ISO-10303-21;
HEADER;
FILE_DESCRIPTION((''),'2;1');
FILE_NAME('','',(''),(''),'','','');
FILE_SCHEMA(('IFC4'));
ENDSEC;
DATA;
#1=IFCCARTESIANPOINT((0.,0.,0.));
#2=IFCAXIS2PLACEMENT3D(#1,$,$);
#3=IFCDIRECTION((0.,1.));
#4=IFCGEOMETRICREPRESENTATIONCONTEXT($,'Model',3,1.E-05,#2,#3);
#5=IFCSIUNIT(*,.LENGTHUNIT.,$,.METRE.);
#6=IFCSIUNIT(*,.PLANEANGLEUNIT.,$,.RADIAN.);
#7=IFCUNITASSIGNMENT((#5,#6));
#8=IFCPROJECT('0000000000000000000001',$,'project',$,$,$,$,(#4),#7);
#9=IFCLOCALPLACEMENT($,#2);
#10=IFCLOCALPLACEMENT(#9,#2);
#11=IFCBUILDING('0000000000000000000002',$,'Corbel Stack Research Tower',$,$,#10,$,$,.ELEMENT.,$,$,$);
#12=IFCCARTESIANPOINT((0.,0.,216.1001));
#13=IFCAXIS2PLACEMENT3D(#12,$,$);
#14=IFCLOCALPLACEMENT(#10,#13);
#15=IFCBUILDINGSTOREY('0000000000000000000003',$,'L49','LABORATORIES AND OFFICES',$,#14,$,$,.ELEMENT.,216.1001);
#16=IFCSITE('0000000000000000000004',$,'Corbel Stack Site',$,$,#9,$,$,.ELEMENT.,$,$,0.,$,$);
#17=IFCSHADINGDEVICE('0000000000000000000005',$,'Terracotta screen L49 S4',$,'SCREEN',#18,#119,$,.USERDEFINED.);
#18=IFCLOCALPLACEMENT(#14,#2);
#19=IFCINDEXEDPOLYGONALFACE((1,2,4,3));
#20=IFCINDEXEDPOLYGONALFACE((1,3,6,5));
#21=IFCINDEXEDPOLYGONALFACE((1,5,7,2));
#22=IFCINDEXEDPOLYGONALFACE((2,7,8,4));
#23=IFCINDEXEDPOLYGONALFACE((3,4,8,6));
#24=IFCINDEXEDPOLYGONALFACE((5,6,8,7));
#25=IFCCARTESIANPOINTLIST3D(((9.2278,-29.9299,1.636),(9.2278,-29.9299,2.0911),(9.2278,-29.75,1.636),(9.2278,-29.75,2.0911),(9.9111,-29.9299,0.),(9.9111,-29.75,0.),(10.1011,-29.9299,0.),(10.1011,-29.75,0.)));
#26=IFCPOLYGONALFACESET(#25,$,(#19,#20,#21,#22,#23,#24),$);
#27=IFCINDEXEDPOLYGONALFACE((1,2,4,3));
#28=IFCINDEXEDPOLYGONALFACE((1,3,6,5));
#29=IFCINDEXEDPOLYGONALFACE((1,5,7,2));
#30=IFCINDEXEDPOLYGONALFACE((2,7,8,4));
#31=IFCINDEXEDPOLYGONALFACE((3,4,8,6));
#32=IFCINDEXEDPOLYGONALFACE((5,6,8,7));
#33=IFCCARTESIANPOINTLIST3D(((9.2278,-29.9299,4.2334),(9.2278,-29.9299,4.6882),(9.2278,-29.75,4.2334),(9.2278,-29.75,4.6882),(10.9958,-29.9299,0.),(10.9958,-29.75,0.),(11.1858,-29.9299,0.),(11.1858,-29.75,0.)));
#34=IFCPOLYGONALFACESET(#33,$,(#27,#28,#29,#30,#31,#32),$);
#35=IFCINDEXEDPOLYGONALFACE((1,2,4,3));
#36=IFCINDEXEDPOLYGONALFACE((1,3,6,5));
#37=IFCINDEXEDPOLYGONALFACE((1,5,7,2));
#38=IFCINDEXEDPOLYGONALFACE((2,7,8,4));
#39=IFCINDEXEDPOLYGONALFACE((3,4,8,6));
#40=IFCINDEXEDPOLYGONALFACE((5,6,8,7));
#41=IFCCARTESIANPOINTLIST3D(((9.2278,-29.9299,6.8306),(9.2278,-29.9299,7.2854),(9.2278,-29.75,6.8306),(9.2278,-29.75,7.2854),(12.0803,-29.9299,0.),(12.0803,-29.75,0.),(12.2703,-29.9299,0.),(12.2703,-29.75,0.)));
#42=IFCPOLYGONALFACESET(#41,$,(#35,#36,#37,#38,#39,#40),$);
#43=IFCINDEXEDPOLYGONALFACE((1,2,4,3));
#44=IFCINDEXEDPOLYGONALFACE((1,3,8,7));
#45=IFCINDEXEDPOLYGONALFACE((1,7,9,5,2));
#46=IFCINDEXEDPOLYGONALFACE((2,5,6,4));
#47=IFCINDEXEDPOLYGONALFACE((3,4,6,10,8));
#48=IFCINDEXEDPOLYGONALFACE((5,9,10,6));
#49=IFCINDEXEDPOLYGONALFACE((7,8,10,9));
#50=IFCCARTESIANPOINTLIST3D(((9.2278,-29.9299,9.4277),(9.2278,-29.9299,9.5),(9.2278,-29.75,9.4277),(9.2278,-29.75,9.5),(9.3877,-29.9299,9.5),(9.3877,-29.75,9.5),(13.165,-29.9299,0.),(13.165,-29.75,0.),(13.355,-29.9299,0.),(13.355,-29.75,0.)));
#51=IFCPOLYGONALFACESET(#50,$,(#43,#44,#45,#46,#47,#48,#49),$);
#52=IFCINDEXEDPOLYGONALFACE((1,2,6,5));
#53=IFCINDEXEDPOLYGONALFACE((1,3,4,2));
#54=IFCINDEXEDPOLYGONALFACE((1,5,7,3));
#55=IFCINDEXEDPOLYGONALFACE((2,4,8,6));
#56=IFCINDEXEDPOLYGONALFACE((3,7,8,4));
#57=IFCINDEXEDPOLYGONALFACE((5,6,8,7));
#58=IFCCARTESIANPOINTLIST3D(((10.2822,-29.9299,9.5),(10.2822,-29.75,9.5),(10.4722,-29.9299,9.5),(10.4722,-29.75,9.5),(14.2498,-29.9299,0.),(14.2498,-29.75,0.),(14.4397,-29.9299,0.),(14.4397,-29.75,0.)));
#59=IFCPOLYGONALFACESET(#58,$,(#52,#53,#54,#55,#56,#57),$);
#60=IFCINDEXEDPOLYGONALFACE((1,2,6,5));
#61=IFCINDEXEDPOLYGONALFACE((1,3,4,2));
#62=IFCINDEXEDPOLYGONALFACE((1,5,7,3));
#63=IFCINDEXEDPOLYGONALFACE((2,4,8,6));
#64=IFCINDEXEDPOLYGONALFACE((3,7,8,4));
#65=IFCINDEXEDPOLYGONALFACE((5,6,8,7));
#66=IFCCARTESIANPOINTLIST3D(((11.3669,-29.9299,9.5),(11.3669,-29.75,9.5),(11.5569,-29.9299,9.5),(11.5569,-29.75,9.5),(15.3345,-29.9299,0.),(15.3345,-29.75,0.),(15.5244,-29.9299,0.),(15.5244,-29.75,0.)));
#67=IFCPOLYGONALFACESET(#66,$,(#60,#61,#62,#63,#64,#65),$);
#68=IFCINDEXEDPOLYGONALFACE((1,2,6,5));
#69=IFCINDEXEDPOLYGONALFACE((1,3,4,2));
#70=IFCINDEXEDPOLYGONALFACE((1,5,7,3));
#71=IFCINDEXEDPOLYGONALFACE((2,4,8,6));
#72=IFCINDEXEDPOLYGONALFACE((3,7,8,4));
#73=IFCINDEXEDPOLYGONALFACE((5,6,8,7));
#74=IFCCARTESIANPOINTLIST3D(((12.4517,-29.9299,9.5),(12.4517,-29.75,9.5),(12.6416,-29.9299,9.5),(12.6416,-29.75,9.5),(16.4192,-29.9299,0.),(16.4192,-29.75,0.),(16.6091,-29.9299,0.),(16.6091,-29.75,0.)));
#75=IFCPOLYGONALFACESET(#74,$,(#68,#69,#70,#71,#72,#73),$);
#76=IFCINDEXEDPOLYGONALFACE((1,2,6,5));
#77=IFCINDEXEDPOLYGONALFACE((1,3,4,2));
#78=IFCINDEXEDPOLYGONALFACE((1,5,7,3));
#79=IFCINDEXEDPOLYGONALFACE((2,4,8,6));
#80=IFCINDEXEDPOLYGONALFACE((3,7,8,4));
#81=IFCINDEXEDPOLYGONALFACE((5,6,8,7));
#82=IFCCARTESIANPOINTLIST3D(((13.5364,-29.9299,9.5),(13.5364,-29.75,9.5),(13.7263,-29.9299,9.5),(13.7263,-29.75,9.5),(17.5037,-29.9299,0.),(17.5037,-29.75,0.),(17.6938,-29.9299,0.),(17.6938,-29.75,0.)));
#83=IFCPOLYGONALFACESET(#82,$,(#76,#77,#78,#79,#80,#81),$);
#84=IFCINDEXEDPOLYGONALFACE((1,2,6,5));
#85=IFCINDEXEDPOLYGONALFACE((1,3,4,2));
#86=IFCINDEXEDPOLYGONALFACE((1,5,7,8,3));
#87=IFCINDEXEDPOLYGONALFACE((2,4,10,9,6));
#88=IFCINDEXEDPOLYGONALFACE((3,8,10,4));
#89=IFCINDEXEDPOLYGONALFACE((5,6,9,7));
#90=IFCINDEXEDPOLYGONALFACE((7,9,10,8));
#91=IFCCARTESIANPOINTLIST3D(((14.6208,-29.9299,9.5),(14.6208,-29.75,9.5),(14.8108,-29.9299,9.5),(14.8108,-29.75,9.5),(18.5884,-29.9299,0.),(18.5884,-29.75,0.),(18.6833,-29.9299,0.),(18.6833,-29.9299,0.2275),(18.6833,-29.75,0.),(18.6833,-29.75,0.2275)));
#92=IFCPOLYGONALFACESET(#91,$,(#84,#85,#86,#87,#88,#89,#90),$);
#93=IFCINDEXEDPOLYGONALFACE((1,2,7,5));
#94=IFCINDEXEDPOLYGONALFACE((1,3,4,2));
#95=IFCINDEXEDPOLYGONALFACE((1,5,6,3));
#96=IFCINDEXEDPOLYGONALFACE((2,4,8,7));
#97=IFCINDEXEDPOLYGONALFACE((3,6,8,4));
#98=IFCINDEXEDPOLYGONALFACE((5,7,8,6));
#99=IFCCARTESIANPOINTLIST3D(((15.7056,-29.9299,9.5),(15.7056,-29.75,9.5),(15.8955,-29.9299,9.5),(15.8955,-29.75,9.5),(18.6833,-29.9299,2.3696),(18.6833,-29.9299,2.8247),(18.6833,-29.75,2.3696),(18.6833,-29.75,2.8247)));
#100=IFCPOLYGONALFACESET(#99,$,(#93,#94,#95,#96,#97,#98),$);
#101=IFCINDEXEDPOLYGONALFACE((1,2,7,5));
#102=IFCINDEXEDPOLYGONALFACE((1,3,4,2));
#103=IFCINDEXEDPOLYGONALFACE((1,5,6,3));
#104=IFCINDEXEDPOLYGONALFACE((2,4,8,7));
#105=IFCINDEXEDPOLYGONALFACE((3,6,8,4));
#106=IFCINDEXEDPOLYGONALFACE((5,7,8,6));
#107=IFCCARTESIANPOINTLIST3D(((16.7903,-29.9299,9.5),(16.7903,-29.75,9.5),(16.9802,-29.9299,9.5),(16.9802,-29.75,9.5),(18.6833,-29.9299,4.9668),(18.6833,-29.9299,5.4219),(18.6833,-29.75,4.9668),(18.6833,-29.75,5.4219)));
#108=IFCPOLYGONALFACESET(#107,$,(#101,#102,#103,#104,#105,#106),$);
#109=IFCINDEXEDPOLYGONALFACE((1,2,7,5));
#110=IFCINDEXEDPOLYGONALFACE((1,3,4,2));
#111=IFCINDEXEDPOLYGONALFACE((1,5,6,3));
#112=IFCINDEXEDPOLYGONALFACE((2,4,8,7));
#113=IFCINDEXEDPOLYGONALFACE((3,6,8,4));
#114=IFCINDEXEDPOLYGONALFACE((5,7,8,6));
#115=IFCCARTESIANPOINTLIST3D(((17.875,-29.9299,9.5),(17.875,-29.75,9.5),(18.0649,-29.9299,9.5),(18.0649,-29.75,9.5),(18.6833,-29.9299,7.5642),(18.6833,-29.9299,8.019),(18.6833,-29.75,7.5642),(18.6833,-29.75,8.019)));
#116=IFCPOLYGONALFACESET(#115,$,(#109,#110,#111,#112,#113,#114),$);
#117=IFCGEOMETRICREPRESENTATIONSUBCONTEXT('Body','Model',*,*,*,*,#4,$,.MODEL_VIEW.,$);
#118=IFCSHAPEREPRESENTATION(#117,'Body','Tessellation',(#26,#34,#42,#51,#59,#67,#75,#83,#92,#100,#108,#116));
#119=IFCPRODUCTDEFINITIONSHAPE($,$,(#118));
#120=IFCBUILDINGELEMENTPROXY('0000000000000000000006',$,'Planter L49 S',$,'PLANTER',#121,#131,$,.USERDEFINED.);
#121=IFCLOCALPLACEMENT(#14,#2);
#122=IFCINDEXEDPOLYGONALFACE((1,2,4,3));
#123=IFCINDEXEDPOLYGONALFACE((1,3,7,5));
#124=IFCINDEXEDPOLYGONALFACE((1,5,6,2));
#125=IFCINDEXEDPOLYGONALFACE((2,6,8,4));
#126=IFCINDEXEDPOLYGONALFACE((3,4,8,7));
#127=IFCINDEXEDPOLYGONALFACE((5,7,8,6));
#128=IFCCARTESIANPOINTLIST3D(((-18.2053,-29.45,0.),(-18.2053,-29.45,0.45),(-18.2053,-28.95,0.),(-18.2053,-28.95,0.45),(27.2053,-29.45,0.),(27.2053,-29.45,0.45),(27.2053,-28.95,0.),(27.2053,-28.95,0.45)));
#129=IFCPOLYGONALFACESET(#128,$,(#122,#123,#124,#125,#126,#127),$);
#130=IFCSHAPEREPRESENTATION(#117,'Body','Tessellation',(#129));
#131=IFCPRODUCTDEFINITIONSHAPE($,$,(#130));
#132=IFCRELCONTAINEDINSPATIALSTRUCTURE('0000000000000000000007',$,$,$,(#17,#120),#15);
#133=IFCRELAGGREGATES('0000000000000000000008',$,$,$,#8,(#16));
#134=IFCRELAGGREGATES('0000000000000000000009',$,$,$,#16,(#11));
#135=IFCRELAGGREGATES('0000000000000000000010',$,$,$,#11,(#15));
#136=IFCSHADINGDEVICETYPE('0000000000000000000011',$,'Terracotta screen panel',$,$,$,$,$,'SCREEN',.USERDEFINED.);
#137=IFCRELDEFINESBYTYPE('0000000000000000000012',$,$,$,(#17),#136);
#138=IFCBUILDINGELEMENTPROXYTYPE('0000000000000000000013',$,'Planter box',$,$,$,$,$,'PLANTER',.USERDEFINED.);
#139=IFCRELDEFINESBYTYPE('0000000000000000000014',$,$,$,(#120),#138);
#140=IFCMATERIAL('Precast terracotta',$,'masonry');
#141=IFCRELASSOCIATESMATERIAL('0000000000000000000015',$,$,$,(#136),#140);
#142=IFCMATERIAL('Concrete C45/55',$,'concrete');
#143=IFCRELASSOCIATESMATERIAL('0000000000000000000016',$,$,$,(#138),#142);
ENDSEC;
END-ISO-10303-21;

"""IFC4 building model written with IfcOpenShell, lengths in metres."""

from ifc_helpers import new_model, si_unit, direction, frame, origin, origin_2d, place, context, subcontext, project, spatial, polyline, rectangle, outline, extrude, source, transform, mapped, material, type_object, element, save


model = new_model("IFC4")

# Units and contexts
model_context = context("Model", 3, precision=1e-05, world=origin(), true_north=direction((0.0, 1.0)))
body_context = subcontext(model_context, "Body", "Model", "MODEL_VIEW")
ifc_project = project(units=[si_unit("LENGTHUNIT", "METRE"), si_unit("PLANEANGLEUNIT", "RADIAN")], contexts=[model_context])

# Site, building, storey
site_placement = place(None, origin())
site = spatial("IfcSite", under=ifc_project, at=site_placement, Name="Corbel Stack Site", CompositionType="ELEMENT", RefElevation=0.0)
building_placement = place(site_placement, origin())
building = spatial("IfcBuilding", under=site, at=building_placement, Name="Corbel Stack Research Tower", CompositionType="ELEMENT")
storey_placement = place(building_placement, frame((0.0, 0.0, 216.1001)))
storey = spatial("IfcBuildingStorey", under=building, at=storey_placement, Name="L49", Description="LABORATORIES AND OFFICES", CompositionType="ELEMENT", Elevation=216.1001)

# Shading device
ifc_material_1 = material(Name="Precast terracotta", Category="masonry")
shading_device_type = type_object("IfcShadingDeviceType", Name="Terracotta screen panel", ElementType="SCREEN", PredefinedType="USERDEFINED", material=ifc_material_1)
shared_shape_1 = source(origin(), body_context, "Body", "SweptSolid", [
    extrude(outline(polyline([(0.8733, 0.0), (0.0, 2.0911), (0.0, 1.636), (0.6833, 0.0), (0.8733, 0.0)])), frame((0.0, 0.0, 0.0), z_axis=(0.0, -1.0, 0.0), x_axis=(1.0, 0.0, 0.0)), (0.0, 0.0, 1.0), 0.1799),
    extrude(outline(polyline([(1.958, 0.0), (0.0, 4.6882), (0.0, 4.2334), (1.7681, 0.0), (1.958, 0.0)])), frame((0.0, 0.0, 0.0), z_axis=(0.0, -1.0, 0.0), x_axis=(1.0, 0.0, 0.0)), (0.0, 0.0, 1.0), 0.1799),
    extrude(outline(polyline([(3.0425, 0.0), (0.0, 7.2854), (0.0, 6.8306), (2.8525, 0.0), (3.0425, 0.0)])), frame((0.0, 0.0, 0.0), z_axis=(0.0, -1.0, 0.0), x_axis=(1.0, 0.0, 0.0)), (0.0, 0.0, 1.0), 0.1799),
    extrude(outline(polyline([(4.1272, 0.0), (0.1599, 9.5), (0.0, 9.5), (0.0, 9.4277), (3.9373, 0.0), (4.1272, 0.0)])), frame((0.0, 0.0, 0.0), z_axis=(0.0, -1.0, 0.0), x_axis=(1.0, 0.0, 0.0)), (0.0, 0.0, 1.0), 0.1799),
    extrude(outline(polyline([(5.2119, 0.0), (1.2444, 9.5), (1.0544, 9.5), (5.022, 0.0), (5.2119, 0.0)])), frame((0.0, 0.0, 0.0), z_axis=(0.0, -1.0, 0.0), x_axis=(1.0, 0.0, 0.0)), (0.0, 0.0, 1.0), 0.1799),
    extrude(outline(polyline([(6.2966, 0.0), (2.3291, 9.5), (2.1392, 9.5), (6.1067, 0.0), (6.2966, 0.0)])), frame((0.0, 0.0, 0.0), z_axis=(0.0, -1.0, 0.0), x_axis=(1.0, 0.0, 0.0)), (0.0, 0.0, 1.0), 0.1799),
    extrude(outline(polyline([(7.3813, 0.0), (3.4138, 9.5), (3.2239, 9.5), (7.1914, 0.0), (7.3813, 0.0)])), frame((0.0, 0.0, 0.0), z_axis=(0.0, -1.0, 0.0), x_axis=(1.0, 0.0, 0.0)), (0.0, 0.0, 1.0), 0.1799),
    extrude(outline(polyline([(8.4661, 0.0), (4.4985, 9.5), (4.3086, 9.5), (8.2759, 0.0), (8.4661, 0.0)])), frame((0.0, 0.0, 0.0), z_axis=(0.0, -1.0, 0.0), x_axis=(1.0, 0.0, 0.0)), (0.0, 0.0, 1.0), 0.1799),
    extrude(outline(polyline([(9.4556, 0.0), (9.4556, 0.2275), (5.583, 9.5), (5.3931, 9.5), (9.3606, 0.0), (9.4556, 0.0)])), frame((0.0, 0.0, 0.0), z_axis=(0.0, -1.0, 0.0), x_axis=(1.0, 0.0, 0.0)), (0.0, 0.0, 1.0), 0.1799),
    extrude(outline(polyline([(6.6677, 9.5), (6.4778, 9.5), (9.4556, 2.3696), (9.4556, 2.8247), (6.6677, 9.5)])), frame((0.0, 0.0, 0.0), z_axis=(0.0, -1.0, 0.0), x_axis=(1.0, 0.0, 0.0)), (0.0, 0.0, 1.0), 0.1799),
    extrude(outline(polyline([(7.7524, 9.5), (7.5625, 9.5), (9.4556, 4.9668), (9.4556, 5.4219), (7.7524, 9.5)])), frame((0.0, 0.0, 0.0), z_axis=(0.0, -1.0, 0.0), x_axis=(1.0, 0.0, 0.0)), (0.0, 0.0, 1.0), 0.1799),
    extrude(outline(polyline([(8.8372, 9.5), (8.6472, 9.5), (9.4556, 7.5642), (9.4556, 8.019), (8.8372, 9.5)])), frame((0.0, 0.0, 0.0), z_axis=(0.0, -1.0, 0.0), x_axis=(1.0, 0.0, 0.0)), (0.0, 0.0, 1.0), 0.1799),
])
shading_device_1_placement = place(storey_placement, frame((9.2278, -29.75, 0.0), z_axis=(0.0, 0.0, 1.0), x_axis=(1.0, 0.0, 0.0)))
element("IfcShadingDevice", 1, at=shading_device_1_placement, inside=storey, type_object=shading_device_type, Name="Terracotta screen L49 S4", ObjectType="SCREEN", PredefinedType="USERDEFINED", context=body_context, shape_type="MappedRepresentation", body=[
    mapped(shared_shape_1, transform((0.0, 0.0, 0.0))),
])

# Building element proxy
ifc_material_2 = material(Name="Concrete C45/55", Category="concrete")
building_element_proxy_type = type_object("IfcBuildingElementProxyType", Name="Planter box", ElementType="PLANTER", PredefinedType="USERDEFINED", material=ifc_material_2)
proxy_placement = place(storey_placement, frame((4.5, -29.2, 0.0), z_axis=(0.0, 0.0, 1.0), x_axis=(1.0, 0.0, 0.0)))
element("IfcBuildingElementProxy", 2, at=proxy_placement, inside=storey, type_object=building_element_proxy_type, Name="Planter L49 S", ObjectType="PLANTER", PredefinedType="USERDEFINED", context=body_context, shape_type="SweptSolid", body=[
    extrude(rectangle(XDim=45.4106, YDim=0.5, at=origin_2d()), origin(), (0.0, 0.0, 1.0), 0.45),
])

save(model, "model.ifc")
